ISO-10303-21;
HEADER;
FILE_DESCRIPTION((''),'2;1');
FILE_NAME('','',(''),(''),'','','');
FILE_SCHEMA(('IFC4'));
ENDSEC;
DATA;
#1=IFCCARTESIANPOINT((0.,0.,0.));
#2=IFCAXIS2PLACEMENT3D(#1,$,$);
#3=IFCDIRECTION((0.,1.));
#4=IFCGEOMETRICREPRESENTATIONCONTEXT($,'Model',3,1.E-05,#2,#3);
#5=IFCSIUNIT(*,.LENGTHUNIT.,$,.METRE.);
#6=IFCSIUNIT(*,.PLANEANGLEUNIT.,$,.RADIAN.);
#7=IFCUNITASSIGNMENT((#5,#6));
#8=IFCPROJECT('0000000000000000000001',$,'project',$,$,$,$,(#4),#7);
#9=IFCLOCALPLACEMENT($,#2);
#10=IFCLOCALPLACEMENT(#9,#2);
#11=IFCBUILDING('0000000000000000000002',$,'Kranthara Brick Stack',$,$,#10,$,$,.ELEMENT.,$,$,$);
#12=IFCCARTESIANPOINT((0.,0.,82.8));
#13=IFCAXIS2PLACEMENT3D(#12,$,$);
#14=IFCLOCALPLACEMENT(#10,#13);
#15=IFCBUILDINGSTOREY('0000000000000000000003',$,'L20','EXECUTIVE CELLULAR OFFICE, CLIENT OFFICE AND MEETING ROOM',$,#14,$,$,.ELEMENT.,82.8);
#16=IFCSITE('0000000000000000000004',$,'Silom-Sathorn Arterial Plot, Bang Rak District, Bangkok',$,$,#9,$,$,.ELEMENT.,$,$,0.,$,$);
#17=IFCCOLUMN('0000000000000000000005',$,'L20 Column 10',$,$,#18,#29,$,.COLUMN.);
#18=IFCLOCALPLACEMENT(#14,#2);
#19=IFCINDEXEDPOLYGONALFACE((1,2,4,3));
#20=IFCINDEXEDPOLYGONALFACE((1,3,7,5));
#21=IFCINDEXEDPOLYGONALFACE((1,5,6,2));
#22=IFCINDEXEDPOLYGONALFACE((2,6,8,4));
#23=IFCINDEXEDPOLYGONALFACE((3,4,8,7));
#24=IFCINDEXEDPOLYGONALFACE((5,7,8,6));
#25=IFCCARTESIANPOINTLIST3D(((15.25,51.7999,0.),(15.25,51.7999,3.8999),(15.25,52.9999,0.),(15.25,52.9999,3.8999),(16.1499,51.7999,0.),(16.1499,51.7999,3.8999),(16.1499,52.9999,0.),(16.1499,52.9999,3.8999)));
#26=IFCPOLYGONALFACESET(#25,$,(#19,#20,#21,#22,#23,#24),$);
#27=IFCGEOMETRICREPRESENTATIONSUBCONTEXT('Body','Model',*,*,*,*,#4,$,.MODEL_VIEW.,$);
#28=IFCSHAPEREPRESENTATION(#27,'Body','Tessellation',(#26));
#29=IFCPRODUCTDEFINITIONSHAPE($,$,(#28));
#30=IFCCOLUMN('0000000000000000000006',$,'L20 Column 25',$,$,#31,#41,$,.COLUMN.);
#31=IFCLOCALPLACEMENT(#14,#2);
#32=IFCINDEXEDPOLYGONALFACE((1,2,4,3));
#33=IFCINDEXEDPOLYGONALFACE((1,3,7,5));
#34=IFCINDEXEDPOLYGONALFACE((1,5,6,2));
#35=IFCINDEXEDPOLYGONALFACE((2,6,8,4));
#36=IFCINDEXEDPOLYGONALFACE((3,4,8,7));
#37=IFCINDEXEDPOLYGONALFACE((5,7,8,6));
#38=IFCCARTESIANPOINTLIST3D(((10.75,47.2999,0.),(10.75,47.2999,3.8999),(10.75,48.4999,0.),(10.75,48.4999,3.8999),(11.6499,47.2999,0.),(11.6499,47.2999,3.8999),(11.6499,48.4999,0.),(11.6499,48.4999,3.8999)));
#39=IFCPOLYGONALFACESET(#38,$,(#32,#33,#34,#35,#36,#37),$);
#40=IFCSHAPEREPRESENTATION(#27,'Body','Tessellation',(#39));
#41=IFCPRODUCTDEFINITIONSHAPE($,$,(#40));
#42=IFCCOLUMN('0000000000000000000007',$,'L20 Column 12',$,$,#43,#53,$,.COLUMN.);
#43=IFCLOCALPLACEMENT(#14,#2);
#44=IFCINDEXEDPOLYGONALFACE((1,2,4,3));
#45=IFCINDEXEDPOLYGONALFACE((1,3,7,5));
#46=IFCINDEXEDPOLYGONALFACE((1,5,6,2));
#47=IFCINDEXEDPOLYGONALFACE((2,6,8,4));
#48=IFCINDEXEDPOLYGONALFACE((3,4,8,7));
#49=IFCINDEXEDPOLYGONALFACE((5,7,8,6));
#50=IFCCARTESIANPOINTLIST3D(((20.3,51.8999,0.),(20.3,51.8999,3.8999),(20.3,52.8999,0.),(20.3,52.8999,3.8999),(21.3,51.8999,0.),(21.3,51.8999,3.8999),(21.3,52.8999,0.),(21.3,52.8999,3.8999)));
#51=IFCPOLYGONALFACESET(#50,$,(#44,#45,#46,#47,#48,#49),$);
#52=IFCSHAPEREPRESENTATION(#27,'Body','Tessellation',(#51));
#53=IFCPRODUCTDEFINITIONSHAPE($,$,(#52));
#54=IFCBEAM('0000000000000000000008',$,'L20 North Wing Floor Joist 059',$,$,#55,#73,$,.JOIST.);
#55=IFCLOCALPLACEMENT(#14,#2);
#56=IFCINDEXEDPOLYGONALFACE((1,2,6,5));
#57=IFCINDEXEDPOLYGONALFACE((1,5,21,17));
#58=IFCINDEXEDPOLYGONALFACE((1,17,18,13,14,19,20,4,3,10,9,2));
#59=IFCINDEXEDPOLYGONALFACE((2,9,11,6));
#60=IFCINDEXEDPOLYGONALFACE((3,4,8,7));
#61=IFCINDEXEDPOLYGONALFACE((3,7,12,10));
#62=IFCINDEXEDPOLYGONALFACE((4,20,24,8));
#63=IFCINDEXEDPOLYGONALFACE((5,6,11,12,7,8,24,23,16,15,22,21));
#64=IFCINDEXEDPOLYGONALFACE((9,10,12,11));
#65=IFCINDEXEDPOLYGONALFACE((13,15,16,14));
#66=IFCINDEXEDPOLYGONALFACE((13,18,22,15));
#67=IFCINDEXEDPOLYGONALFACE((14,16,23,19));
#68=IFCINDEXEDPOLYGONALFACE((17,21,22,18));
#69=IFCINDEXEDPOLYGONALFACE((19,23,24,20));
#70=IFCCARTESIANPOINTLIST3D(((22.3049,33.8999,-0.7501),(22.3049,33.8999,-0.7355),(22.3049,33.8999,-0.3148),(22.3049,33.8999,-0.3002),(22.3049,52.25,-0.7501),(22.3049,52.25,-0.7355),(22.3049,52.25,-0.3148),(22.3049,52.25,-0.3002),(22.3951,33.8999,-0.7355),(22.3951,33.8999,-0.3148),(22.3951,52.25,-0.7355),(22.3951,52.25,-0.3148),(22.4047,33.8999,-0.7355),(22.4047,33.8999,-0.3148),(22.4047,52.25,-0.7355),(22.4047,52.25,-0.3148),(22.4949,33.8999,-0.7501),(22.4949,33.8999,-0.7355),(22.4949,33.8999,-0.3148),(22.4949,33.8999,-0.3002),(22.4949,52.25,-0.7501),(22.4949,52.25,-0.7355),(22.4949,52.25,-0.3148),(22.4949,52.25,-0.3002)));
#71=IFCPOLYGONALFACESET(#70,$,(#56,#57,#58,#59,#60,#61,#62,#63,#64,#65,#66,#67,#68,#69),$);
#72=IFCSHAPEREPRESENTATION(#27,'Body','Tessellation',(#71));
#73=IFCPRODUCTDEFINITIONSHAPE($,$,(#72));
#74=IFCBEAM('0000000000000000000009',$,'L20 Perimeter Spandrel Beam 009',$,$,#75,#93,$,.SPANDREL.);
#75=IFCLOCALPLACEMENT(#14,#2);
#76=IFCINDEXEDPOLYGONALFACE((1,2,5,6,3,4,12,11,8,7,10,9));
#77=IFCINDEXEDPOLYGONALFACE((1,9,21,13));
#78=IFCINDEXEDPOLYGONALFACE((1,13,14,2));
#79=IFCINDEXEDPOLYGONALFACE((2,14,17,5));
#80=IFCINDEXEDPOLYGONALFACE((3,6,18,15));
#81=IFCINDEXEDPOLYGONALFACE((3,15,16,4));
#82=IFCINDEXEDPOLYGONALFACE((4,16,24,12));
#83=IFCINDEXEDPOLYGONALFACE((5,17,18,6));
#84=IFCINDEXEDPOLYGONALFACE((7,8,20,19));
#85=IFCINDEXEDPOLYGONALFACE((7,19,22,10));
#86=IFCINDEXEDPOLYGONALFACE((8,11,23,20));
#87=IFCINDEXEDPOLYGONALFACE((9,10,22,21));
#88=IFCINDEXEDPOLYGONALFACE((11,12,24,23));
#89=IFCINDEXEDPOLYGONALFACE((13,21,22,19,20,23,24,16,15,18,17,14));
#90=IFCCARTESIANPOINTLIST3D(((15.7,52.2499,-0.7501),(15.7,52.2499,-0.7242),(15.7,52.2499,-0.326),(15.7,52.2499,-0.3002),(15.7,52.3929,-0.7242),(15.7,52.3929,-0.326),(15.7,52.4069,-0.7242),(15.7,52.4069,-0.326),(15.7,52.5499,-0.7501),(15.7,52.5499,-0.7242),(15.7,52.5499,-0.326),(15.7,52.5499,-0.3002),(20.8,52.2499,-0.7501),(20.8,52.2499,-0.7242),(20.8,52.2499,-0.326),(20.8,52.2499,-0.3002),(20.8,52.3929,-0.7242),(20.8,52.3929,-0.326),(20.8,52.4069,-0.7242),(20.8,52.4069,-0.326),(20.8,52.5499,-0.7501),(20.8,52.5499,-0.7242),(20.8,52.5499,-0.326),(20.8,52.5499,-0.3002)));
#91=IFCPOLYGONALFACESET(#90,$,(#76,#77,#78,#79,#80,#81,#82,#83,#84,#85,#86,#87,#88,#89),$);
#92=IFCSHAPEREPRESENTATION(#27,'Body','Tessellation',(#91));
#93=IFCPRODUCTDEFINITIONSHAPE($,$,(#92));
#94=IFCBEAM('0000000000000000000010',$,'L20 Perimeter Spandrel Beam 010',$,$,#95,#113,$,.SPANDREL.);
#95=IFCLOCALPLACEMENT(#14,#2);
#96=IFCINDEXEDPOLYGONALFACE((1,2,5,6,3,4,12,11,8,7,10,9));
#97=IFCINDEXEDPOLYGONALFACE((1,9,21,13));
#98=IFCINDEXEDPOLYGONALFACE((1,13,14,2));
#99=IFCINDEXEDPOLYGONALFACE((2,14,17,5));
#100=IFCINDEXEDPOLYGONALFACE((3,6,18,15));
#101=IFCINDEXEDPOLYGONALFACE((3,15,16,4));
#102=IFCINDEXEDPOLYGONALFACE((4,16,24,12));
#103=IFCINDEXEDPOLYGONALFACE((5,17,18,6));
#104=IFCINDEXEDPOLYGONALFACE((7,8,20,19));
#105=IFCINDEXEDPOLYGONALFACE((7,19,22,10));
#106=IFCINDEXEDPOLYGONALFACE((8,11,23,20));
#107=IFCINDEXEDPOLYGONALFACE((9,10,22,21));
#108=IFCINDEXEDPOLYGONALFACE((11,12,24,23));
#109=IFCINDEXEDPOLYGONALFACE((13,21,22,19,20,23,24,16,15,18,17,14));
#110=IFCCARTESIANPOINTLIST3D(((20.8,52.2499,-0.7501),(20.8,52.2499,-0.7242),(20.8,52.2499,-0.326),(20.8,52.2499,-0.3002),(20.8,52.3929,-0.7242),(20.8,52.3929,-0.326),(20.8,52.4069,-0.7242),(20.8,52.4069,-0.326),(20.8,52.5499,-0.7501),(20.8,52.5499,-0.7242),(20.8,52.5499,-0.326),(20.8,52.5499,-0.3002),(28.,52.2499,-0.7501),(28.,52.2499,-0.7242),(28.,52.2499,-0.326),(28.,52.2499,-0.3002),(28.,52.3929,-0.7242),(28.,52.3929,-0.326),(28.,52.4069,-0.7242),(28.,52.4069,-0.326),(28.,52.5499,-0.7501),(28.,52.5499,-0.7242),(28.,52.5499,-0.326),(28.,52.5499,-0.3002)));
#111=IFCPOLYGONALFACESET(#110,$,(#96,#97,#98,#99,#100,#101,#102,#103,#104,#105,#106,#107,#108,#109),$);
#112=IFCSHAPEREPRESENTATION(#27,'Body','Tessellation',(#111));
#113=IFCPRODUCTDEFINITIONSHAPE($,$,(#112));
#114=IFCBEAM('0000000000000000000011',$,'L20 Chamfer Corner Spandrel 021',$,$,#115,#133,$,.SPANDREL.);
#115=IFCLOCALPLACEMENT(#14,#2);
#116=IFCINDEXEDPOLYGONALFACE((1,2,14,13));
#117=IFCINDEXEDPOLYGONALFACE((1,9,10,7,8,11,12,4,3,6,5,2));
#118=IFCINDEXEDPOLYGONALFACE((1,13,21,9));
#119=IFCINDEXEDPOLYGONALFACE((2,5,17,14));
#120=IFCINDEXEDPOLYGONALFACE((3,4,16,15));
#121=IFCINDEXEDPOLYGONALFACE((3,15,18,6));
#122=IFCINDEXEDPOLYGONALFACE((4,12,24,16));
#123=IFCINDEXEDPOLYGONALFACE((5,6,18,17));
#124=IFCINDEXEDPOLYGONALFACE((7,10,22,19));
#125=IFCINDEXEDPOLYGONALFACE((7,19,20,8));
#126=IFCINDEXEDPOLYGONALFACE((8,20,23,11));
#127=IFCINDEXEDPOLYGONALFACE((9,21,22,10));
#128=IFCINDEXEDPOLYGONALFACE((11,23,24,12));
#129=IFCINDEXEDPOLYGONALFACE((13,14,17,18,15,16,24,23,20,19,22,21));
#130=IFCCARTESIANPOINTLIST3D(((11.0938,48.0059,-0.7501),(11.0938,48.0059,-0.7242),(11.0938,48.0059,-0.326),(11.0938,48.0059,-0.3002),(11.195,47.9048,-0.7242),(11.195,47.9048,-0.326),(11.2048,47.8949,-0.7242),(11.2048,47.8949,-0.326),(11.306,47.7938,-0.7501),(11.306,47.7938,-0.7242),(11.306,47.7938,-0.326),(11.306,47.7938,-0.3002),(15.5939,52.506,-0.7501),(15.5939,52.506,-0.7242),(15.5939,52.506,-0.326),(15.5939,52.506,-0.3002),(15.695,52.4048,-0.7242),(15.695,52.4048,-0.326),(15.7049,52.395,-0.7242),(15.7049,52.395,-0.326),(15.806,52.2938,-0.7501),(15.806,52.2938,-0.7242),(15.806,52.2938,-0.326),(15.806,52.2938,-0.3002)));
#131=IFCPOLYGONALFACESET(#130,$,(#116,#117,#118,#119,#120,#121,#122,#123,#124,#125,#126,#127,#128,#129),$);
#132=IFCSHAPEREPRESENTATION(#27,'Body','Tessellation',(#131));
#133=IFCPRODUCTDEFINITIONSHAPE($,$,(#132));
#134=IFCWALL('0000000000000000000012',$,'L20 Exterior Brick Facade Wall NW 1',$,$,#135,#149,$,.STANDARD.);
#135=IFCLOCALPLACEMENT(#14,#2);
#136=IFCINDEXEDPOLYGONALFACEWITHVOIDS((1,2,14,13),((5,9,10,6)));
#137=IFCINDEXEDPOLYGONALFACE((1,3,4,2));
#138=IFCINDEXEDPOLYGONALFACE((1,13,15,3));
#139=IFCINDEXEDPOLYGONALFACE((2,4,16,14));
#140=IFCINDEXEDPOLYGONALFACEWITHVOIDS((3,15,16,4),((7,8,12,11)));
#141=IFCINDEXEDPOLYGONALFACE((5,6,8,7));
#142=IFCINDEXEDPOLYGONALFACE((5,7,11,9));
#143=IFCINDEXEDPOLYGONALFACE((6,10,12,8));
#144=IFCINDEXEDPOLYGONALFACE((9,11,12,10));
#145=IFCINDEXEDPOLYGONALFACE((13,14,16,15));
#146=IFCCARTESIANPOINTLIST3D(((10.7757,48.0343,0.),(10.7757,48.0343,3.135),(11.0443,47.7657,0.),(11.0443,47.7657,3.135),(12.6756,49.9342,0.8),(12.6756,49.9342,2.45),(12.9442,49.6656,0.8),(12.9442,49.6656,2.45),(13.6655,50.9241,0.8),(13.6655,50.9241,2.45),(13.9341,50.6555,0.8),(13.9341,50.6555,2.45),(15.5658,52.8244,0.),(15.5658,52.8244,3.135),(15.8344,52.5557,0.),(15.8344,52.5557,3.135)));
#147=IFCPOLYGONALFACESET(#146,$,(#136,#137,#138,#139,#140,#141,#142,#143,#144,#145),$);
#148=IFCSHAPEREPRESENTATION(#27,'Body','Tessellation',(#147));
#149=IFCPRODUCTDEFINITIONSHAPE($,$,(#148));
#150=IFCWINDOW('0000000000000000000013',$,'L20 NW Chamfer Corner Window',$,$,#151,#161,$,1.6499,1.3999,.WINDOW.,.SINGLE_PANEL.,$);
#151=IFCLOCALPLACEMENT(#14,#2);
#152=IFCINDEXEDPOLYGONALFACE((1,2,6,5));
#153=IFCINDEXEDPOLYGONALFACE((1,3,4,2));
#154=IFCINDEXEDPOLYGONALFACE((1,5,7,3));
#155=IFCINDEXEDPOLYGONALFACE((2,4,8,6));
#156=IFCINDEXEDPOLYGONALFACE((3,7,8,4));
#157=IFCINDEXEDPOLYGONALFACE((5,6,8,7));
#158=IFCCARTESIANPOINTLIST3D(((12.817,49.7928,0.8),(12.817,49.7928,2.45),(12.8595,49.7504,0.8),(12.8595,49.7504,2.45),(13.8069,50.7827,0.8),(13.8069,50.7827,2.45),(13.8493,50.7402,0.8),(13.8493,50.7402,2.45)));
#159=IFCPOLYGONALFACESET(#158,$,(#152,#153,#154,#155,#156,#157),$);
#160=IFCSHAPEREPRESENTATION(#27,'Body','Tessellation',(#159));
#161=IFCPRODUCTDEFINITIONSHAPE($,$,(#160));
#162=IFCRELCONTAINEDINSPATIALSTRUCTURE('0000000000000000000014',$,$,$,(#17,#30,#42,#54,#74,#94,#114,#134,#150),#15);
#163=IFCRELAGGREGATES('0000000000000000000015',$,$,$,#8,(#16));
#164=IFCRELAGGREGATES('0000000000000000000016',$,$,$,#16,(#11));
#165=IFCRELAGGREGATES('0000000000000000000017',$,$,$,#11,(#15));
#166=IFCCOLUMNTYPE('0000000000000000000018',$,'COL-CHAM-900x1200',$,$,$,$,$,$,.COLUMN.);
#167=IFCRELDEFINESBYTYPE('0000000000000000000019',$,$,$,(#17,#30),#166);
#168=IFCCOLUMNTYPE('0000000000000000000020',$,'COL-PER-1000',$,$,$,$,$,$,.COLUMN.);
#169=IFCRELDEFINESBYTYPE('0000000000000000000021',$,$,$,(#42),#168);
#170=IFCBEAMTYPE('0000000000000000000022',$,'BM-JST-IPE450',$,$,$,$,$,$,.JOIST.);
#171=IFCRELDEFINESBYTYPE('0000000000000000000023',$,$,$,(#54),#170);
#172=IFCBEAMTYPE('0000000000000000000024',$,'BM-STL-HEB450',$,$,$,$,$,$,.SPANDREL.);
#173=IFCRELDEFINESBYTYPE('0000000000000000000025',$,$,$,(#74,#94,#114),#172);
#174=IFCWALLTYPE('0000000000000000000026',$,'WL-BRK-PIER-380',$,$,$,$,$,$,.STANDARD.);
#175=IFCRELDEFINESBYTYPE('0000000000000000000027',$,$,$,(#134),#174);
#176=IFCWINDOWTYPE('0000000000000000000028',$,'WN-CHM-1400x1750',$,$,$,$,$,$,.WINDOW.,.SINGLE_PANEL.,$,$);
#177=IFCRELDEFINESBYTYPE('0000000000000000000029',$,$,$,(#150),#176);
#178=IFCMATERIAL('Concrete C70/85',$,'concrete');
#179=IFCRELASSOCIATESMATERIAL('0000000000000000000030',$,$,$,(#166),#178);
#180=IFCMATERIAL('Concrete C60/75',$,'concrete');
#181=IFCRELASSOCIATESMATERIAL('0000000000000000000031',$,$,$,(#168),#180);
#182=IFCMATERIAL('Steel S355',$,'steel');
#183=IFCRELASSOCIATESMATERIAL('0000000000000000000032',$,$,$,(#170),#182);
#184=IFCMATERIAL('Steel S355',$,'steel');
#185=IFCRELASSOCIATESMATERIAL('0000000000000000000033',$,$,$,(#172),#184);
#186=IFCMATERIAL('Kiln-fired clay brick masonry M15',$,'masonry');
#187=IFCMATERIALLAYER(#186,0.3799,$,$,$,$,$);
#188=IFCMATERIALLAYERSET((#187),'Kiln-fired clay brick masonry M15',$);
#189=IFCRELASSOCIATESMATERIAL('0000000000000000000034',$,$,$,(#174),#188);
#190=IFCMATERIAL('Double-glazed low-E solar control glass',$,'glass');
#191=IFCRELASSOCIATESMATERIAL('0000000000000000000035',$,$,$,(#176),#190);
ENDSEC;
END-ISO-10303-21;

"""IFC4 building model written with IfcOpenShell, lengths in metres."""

from ifc_helpers import new_model, si_unit, direction, frame, frame_2d, origin, origin_2d, place, context, subcontext, project, spatial, rectangle, i_section, extrude, material, layer, layer_set, material_profile, profile_set, type_object, element, fill, save


model = new_model("IFC4")

# Units and contexts
model_context = context("Model", 3, precision=1e-05, world=origin(), true_north=direction((0.0, 1.0)))
body_context = subcontext(model_context, "Body", "Model", "MODEL_VIEW")
ifc_project = project(units=[si_unit("LENGTHUNIT", "METRE"), si_unit("PLANEANGLEUNIT", "RADIAN")], contexts=[model_context])

# Site, building, storey
site_placement = place(None, origin())
site = spatial("IfcSite", under=ifc_project, at=site_placement, Name="Silom-Sathorn Arterial Plot, Bang Rak District, Bangkok", CompositionType="ELEMENT", RefElevation=0.0)
building_placement = place(site_placement, origin())
building = spatial("IfcBuilding", under=site, at=building_placement, Name="Kranthara Brick Stack", CompositionType="ELEMENT")
storey_placement = place(building_placement, frame((0.0, 0.0, 82.8)))
storey = spatial("IfcBuildingStorey", under=building, at=storey_placement, Name="L20", Description="EXECUTIVE CELLULAR OFFICE, CLIENT OFFICE AND MEETING ROOM", CompositionType="ELEMENT", Elevation=82.8)

# Columns
ifc_material_1 = material(Name="Concrete C70/85", Category="concrete")
ifc_material_profile_1 = material_profile(ifc_material_1, rectangle(XDim=0.8999, YDim=1.2, at=origin_2d()), Name="RC 900x1200")
ifc_profile_set_1 = profile_set([ifc_material_profile_1], Name="Concrete C70/85")
column_type_1 = type_object("IfcColumnType", Name="COL-CHAM-900x1200", PredefinedType="COLUMN", material=ifc_profile_set_1)
for number, where, z_axis, x_axis, name in (
    (1, (15.7, 52.3999, 0.0), (0.0, 0.0, 1.0), (1.0, 0.0, 0.0), "L20 Column 10"),
    (2, (11.2, 47.8999, 0.0), (0.0, 0.0, 1.0), (1.0, 0.0, 0.0), "L20 Column 25"),
):
    element("IfcColumn", number, at=place(storey_placement, frame(where, z_axis=z_axis, x_axis=x_axis)), inside=storey, type_object=column_type_1, Name=name, PredefinedType="COLUMN", context=body_context, shape_type="SweptSolid", body=[
        extrude(rectangle(XDim=0.8999, YDim=1.2, at=origin_2d()), origin(), (0.0, 0.0, 1.0), 3.8999),
    ])
ifc_material_2 = material(Name="Concrete C60/75", Category="concrete")
ifc_material_profile_2 = material_profile(ifc_material_2, rectangle(XDim=1.0, YDim=1.0, at=origin_2d()), Name="RC 1000x1000")
ifc_profile_set_2 = profile_set([ifc_material_profile_2], Name="Concrete C60/75")
column_type_2 = type_object("IfcColumnType", Name="COL-PER-1000", PredefinedType="COLUMN", material=ifc_profile_set_2)
column_placement = place(storey_placement, frame((20.8, 52.3999, 0.0), z_axis=(0.0, 0.0, 1.0), x_axis=(1.0, 0.0, 0.0)))
element("IfcColumn", 3, at=column_placement, inside=storey, type_object=column_type_2, Name="L20 Column 12", PredefinedType="COLUMN", context=body_context, shape_type="SweptSolid", body=[
    extrude(rectangle(XDim=1.0, YDim=1.0, at=origin_2d()), origin(), (0.0, 0.0, 1.0), 3.8999),
])

# Beams
ifc_material_3 = material(Name="Steel S355", Category="steel")
ifc_material_profile_3 = material_profile(ifc_material_3, i_section(OverallWidth=0.1899, OverallDepth=0.45, WebThickness=0.0095, FlangeThickness=0.0146, at=origin_2d()), Name="IPE 450")
ifc_profile_set_3 = profile_set([ifc_material_profile_3], Name="Steel S355")
beam_type_1 = type_object("IfcBeamType", Name="BM-JST-IPE450", PredefinedType="JOIST", material=ifc_profile_set_3)
beam_1_placement = place(storey_placement, frame((22.3999, 33.8999, -0.5251), z_axis=(0.0, 1.0, 0.0), x_axis=(-1.0, 0.0, 0.0)))
element("IfcBeam", 4, at=beam_1_placement, inside=storey, type_object=beam_type_1, Name="L20 North Wing Floor Joist 059", PredefinedType="JOIST", context=body_context, shape_type="SweptSolid", body=[
    extrude(i_section(OverallWidth=0.1899, OverallDepth=0.45, WebThickness=0.0095, FlangeThickness=0.0146, at=origin_2d()), origin(), (0.0, 0.0, 1.0), 18.3501),
])
ifc_material_4 = material(Name="Steel S355", Category="steel")
ifc_material_profile_4 = material_profile(ifc_material_4, i_section(OverallWidth=0.3, OverallDepth=0.45, WebThickness=0.0139, FlangeThickness=0.0259, at=origin_2d()), Name="HEB 450")
ifc_profile_set_4 = profile_set([ifc_material_profile_4], Name="Steel S355")
beam_type_2 = type_object("IfcBeamType", Name="BM-STL-HEB450", PredefinedType="SPANDREL", material=ifc_profile_set_4)
beam_2_placement = place(storey_placement, frame((15.7, 52.3999, -0.5251), z_axis=(1.0, 0.0, 0.0), x_axis=(0.0, 1.0, 0.0)))
element("IfcBeam", 5, at=beam_2_placement, inside=storey, type_object=beam_type_2, Name="L20 Perimeter Spandrel Beam 009", PredefinedType="SPANDREL", context=body_context, shape_type="SweptSolid", body=[
    extrude(i_section(OverallWidth=0.3, OverallDepth=0.45, WebThickness=0.0139, FlangeThickness=0.0259, at=origin_2d()), origin(), (0.0, 0.0, 1.0), 5.1001),
])
beam_3_placement = place(storey_placement, frame((20.8, 52.3999, -0.5251), z_axis=(1.0, 0.0, 0.0), x_axis=(0.0, 1.0, 0.0)))
element("IfcBeam", 6, at=beam_3_placement, inside=storey, type_object=beam_type_2, Name="L20 Perimeter Spandrel Beam 010", PredefinedType="SPANDREL", context=body_context, shape_type="SweptSolid", body=[
    extrude(i_section(OverallWidth=0.3, OverallDepth=0.45, WebThickness=0.0139, FlangeThickness=0.0259, at=origin_2d()), origin(), (0.0, 0.0, 1.0), 7.2),
])
beam_4_placement = place(storey_placement, frame((15.7, 52.3999, -0.5251), z_axis=(-0.707107, -0.707107, 0.0), x_axis=(0.707107, -0.707107, 0.0)))
element("IfcBeam", 7, at=beam_4_placement, inside=storey, type_object=beam_type_2, Name="L20 Chamfer Corner Spandrel 021", PredefinedType="SPANDREL", context=body_context, shape_type="SweptSolid", body=[
    extrude(i_section(OverallWidth=0.3, OverallDepth=0.45, WebThickness=0.0139, FlangeThickness=0.0259, at=origin_2d()), origin(), (0.0, 0.0, 1.0), 6.364),
])

# Wall, opening, window
ifc_material_5 = material(Name="Kiln-fired clay brick masonry M15", Category="masonry")
ifc_layer_1 = layer(ifc_material_5, 0.3799)
ifc_layer_set_1 = layer_set([ifc_layer_1], Name="Kiln-fired clay brick masonry M15")
wall_type_1 = type_object("IfcWallType", Name="WL-BRK-PIER-380", PredefinedType="STANDARD", material=ifc_layer_set_1)
wall_1_placement = place(storey_placement, frame((10.9099, 47.8999, 0.0), z_axis=(0.0, 0.0, 1.0), x_axis=(0.707107, 0.707107, 0.0)))
wall_1 = element("IfcWall", 8, at=wall_1_placement, inside=storey, type_object=wall_type_1, Name="L20 Exterior Brick Facade Wall NW 1", PredefinedType="STANDARD", context=body_context, shape_type="SweptSolid", body=[
    extrude(rectangle(XDim=6.7742, YDim=0.3799, at=frame_2d((3.3872, 0.0))), origin(), (0.0, 0.0, 1.0), 3.135),
])
opening_1_placement = place(wall_1_placement, frame((2.687, 0.0, 0.8)))
opening_1 = element("IfcOpeningElement", 9, at=opening_1_placement, cuts=wall_1, PredefinedType="OPENING", context=body_context, shape_type="SweptSolid", body=[
    extrude(rectangle(XDim=1.3999, YDim=1.6499, at=frame_2d((0.7, 0.825))), frame((0.0, 0.2, 0.0), z_axis=(0.0, -1.0, 0.0), x_axis=(1.0, 0.0, 0.0)), (0.0, 0.0, 1.0), 0.3999),
])
ifc_material_6 = material(Name="Double-glazed low-E solar control glass", Category="glass")
window_type_1 = type_object("IfcWindowType", Name="WN-CHM-1400x1750", PartitioningType="SINGLE_PANEL", PredefinedType="WINDOW", material=ifc_material_6)
window_1_placement = place(opening_1_placement, origin())
window_1 = element("IfcWindow", 10, at=window_1_placement, inside=storey, type_object=window_type_1, Name="L20 NW Chamfer Corner Window", OverallHeight=1.6499, OverallWidth=1.3999, PartitioningType="SINGLE_PANEL", PredefinedType="WINDOW", context=body_context, shape_type="SweptSolid", body=[
    extrude(rectangle(XDim=1.3999, YDim=1.6499, at=frame_2d((0.7, 0.825))), frame((0.0, -0.01, 0.0), z_axis=(0.0, -1.0, 0.0), x_axis=(1.0, 0.0, 0.0)), (0.0, 0.0, 1.0), 0.0601),
])
fill(opening_1, window_1)

save(model, "model.ifc")
